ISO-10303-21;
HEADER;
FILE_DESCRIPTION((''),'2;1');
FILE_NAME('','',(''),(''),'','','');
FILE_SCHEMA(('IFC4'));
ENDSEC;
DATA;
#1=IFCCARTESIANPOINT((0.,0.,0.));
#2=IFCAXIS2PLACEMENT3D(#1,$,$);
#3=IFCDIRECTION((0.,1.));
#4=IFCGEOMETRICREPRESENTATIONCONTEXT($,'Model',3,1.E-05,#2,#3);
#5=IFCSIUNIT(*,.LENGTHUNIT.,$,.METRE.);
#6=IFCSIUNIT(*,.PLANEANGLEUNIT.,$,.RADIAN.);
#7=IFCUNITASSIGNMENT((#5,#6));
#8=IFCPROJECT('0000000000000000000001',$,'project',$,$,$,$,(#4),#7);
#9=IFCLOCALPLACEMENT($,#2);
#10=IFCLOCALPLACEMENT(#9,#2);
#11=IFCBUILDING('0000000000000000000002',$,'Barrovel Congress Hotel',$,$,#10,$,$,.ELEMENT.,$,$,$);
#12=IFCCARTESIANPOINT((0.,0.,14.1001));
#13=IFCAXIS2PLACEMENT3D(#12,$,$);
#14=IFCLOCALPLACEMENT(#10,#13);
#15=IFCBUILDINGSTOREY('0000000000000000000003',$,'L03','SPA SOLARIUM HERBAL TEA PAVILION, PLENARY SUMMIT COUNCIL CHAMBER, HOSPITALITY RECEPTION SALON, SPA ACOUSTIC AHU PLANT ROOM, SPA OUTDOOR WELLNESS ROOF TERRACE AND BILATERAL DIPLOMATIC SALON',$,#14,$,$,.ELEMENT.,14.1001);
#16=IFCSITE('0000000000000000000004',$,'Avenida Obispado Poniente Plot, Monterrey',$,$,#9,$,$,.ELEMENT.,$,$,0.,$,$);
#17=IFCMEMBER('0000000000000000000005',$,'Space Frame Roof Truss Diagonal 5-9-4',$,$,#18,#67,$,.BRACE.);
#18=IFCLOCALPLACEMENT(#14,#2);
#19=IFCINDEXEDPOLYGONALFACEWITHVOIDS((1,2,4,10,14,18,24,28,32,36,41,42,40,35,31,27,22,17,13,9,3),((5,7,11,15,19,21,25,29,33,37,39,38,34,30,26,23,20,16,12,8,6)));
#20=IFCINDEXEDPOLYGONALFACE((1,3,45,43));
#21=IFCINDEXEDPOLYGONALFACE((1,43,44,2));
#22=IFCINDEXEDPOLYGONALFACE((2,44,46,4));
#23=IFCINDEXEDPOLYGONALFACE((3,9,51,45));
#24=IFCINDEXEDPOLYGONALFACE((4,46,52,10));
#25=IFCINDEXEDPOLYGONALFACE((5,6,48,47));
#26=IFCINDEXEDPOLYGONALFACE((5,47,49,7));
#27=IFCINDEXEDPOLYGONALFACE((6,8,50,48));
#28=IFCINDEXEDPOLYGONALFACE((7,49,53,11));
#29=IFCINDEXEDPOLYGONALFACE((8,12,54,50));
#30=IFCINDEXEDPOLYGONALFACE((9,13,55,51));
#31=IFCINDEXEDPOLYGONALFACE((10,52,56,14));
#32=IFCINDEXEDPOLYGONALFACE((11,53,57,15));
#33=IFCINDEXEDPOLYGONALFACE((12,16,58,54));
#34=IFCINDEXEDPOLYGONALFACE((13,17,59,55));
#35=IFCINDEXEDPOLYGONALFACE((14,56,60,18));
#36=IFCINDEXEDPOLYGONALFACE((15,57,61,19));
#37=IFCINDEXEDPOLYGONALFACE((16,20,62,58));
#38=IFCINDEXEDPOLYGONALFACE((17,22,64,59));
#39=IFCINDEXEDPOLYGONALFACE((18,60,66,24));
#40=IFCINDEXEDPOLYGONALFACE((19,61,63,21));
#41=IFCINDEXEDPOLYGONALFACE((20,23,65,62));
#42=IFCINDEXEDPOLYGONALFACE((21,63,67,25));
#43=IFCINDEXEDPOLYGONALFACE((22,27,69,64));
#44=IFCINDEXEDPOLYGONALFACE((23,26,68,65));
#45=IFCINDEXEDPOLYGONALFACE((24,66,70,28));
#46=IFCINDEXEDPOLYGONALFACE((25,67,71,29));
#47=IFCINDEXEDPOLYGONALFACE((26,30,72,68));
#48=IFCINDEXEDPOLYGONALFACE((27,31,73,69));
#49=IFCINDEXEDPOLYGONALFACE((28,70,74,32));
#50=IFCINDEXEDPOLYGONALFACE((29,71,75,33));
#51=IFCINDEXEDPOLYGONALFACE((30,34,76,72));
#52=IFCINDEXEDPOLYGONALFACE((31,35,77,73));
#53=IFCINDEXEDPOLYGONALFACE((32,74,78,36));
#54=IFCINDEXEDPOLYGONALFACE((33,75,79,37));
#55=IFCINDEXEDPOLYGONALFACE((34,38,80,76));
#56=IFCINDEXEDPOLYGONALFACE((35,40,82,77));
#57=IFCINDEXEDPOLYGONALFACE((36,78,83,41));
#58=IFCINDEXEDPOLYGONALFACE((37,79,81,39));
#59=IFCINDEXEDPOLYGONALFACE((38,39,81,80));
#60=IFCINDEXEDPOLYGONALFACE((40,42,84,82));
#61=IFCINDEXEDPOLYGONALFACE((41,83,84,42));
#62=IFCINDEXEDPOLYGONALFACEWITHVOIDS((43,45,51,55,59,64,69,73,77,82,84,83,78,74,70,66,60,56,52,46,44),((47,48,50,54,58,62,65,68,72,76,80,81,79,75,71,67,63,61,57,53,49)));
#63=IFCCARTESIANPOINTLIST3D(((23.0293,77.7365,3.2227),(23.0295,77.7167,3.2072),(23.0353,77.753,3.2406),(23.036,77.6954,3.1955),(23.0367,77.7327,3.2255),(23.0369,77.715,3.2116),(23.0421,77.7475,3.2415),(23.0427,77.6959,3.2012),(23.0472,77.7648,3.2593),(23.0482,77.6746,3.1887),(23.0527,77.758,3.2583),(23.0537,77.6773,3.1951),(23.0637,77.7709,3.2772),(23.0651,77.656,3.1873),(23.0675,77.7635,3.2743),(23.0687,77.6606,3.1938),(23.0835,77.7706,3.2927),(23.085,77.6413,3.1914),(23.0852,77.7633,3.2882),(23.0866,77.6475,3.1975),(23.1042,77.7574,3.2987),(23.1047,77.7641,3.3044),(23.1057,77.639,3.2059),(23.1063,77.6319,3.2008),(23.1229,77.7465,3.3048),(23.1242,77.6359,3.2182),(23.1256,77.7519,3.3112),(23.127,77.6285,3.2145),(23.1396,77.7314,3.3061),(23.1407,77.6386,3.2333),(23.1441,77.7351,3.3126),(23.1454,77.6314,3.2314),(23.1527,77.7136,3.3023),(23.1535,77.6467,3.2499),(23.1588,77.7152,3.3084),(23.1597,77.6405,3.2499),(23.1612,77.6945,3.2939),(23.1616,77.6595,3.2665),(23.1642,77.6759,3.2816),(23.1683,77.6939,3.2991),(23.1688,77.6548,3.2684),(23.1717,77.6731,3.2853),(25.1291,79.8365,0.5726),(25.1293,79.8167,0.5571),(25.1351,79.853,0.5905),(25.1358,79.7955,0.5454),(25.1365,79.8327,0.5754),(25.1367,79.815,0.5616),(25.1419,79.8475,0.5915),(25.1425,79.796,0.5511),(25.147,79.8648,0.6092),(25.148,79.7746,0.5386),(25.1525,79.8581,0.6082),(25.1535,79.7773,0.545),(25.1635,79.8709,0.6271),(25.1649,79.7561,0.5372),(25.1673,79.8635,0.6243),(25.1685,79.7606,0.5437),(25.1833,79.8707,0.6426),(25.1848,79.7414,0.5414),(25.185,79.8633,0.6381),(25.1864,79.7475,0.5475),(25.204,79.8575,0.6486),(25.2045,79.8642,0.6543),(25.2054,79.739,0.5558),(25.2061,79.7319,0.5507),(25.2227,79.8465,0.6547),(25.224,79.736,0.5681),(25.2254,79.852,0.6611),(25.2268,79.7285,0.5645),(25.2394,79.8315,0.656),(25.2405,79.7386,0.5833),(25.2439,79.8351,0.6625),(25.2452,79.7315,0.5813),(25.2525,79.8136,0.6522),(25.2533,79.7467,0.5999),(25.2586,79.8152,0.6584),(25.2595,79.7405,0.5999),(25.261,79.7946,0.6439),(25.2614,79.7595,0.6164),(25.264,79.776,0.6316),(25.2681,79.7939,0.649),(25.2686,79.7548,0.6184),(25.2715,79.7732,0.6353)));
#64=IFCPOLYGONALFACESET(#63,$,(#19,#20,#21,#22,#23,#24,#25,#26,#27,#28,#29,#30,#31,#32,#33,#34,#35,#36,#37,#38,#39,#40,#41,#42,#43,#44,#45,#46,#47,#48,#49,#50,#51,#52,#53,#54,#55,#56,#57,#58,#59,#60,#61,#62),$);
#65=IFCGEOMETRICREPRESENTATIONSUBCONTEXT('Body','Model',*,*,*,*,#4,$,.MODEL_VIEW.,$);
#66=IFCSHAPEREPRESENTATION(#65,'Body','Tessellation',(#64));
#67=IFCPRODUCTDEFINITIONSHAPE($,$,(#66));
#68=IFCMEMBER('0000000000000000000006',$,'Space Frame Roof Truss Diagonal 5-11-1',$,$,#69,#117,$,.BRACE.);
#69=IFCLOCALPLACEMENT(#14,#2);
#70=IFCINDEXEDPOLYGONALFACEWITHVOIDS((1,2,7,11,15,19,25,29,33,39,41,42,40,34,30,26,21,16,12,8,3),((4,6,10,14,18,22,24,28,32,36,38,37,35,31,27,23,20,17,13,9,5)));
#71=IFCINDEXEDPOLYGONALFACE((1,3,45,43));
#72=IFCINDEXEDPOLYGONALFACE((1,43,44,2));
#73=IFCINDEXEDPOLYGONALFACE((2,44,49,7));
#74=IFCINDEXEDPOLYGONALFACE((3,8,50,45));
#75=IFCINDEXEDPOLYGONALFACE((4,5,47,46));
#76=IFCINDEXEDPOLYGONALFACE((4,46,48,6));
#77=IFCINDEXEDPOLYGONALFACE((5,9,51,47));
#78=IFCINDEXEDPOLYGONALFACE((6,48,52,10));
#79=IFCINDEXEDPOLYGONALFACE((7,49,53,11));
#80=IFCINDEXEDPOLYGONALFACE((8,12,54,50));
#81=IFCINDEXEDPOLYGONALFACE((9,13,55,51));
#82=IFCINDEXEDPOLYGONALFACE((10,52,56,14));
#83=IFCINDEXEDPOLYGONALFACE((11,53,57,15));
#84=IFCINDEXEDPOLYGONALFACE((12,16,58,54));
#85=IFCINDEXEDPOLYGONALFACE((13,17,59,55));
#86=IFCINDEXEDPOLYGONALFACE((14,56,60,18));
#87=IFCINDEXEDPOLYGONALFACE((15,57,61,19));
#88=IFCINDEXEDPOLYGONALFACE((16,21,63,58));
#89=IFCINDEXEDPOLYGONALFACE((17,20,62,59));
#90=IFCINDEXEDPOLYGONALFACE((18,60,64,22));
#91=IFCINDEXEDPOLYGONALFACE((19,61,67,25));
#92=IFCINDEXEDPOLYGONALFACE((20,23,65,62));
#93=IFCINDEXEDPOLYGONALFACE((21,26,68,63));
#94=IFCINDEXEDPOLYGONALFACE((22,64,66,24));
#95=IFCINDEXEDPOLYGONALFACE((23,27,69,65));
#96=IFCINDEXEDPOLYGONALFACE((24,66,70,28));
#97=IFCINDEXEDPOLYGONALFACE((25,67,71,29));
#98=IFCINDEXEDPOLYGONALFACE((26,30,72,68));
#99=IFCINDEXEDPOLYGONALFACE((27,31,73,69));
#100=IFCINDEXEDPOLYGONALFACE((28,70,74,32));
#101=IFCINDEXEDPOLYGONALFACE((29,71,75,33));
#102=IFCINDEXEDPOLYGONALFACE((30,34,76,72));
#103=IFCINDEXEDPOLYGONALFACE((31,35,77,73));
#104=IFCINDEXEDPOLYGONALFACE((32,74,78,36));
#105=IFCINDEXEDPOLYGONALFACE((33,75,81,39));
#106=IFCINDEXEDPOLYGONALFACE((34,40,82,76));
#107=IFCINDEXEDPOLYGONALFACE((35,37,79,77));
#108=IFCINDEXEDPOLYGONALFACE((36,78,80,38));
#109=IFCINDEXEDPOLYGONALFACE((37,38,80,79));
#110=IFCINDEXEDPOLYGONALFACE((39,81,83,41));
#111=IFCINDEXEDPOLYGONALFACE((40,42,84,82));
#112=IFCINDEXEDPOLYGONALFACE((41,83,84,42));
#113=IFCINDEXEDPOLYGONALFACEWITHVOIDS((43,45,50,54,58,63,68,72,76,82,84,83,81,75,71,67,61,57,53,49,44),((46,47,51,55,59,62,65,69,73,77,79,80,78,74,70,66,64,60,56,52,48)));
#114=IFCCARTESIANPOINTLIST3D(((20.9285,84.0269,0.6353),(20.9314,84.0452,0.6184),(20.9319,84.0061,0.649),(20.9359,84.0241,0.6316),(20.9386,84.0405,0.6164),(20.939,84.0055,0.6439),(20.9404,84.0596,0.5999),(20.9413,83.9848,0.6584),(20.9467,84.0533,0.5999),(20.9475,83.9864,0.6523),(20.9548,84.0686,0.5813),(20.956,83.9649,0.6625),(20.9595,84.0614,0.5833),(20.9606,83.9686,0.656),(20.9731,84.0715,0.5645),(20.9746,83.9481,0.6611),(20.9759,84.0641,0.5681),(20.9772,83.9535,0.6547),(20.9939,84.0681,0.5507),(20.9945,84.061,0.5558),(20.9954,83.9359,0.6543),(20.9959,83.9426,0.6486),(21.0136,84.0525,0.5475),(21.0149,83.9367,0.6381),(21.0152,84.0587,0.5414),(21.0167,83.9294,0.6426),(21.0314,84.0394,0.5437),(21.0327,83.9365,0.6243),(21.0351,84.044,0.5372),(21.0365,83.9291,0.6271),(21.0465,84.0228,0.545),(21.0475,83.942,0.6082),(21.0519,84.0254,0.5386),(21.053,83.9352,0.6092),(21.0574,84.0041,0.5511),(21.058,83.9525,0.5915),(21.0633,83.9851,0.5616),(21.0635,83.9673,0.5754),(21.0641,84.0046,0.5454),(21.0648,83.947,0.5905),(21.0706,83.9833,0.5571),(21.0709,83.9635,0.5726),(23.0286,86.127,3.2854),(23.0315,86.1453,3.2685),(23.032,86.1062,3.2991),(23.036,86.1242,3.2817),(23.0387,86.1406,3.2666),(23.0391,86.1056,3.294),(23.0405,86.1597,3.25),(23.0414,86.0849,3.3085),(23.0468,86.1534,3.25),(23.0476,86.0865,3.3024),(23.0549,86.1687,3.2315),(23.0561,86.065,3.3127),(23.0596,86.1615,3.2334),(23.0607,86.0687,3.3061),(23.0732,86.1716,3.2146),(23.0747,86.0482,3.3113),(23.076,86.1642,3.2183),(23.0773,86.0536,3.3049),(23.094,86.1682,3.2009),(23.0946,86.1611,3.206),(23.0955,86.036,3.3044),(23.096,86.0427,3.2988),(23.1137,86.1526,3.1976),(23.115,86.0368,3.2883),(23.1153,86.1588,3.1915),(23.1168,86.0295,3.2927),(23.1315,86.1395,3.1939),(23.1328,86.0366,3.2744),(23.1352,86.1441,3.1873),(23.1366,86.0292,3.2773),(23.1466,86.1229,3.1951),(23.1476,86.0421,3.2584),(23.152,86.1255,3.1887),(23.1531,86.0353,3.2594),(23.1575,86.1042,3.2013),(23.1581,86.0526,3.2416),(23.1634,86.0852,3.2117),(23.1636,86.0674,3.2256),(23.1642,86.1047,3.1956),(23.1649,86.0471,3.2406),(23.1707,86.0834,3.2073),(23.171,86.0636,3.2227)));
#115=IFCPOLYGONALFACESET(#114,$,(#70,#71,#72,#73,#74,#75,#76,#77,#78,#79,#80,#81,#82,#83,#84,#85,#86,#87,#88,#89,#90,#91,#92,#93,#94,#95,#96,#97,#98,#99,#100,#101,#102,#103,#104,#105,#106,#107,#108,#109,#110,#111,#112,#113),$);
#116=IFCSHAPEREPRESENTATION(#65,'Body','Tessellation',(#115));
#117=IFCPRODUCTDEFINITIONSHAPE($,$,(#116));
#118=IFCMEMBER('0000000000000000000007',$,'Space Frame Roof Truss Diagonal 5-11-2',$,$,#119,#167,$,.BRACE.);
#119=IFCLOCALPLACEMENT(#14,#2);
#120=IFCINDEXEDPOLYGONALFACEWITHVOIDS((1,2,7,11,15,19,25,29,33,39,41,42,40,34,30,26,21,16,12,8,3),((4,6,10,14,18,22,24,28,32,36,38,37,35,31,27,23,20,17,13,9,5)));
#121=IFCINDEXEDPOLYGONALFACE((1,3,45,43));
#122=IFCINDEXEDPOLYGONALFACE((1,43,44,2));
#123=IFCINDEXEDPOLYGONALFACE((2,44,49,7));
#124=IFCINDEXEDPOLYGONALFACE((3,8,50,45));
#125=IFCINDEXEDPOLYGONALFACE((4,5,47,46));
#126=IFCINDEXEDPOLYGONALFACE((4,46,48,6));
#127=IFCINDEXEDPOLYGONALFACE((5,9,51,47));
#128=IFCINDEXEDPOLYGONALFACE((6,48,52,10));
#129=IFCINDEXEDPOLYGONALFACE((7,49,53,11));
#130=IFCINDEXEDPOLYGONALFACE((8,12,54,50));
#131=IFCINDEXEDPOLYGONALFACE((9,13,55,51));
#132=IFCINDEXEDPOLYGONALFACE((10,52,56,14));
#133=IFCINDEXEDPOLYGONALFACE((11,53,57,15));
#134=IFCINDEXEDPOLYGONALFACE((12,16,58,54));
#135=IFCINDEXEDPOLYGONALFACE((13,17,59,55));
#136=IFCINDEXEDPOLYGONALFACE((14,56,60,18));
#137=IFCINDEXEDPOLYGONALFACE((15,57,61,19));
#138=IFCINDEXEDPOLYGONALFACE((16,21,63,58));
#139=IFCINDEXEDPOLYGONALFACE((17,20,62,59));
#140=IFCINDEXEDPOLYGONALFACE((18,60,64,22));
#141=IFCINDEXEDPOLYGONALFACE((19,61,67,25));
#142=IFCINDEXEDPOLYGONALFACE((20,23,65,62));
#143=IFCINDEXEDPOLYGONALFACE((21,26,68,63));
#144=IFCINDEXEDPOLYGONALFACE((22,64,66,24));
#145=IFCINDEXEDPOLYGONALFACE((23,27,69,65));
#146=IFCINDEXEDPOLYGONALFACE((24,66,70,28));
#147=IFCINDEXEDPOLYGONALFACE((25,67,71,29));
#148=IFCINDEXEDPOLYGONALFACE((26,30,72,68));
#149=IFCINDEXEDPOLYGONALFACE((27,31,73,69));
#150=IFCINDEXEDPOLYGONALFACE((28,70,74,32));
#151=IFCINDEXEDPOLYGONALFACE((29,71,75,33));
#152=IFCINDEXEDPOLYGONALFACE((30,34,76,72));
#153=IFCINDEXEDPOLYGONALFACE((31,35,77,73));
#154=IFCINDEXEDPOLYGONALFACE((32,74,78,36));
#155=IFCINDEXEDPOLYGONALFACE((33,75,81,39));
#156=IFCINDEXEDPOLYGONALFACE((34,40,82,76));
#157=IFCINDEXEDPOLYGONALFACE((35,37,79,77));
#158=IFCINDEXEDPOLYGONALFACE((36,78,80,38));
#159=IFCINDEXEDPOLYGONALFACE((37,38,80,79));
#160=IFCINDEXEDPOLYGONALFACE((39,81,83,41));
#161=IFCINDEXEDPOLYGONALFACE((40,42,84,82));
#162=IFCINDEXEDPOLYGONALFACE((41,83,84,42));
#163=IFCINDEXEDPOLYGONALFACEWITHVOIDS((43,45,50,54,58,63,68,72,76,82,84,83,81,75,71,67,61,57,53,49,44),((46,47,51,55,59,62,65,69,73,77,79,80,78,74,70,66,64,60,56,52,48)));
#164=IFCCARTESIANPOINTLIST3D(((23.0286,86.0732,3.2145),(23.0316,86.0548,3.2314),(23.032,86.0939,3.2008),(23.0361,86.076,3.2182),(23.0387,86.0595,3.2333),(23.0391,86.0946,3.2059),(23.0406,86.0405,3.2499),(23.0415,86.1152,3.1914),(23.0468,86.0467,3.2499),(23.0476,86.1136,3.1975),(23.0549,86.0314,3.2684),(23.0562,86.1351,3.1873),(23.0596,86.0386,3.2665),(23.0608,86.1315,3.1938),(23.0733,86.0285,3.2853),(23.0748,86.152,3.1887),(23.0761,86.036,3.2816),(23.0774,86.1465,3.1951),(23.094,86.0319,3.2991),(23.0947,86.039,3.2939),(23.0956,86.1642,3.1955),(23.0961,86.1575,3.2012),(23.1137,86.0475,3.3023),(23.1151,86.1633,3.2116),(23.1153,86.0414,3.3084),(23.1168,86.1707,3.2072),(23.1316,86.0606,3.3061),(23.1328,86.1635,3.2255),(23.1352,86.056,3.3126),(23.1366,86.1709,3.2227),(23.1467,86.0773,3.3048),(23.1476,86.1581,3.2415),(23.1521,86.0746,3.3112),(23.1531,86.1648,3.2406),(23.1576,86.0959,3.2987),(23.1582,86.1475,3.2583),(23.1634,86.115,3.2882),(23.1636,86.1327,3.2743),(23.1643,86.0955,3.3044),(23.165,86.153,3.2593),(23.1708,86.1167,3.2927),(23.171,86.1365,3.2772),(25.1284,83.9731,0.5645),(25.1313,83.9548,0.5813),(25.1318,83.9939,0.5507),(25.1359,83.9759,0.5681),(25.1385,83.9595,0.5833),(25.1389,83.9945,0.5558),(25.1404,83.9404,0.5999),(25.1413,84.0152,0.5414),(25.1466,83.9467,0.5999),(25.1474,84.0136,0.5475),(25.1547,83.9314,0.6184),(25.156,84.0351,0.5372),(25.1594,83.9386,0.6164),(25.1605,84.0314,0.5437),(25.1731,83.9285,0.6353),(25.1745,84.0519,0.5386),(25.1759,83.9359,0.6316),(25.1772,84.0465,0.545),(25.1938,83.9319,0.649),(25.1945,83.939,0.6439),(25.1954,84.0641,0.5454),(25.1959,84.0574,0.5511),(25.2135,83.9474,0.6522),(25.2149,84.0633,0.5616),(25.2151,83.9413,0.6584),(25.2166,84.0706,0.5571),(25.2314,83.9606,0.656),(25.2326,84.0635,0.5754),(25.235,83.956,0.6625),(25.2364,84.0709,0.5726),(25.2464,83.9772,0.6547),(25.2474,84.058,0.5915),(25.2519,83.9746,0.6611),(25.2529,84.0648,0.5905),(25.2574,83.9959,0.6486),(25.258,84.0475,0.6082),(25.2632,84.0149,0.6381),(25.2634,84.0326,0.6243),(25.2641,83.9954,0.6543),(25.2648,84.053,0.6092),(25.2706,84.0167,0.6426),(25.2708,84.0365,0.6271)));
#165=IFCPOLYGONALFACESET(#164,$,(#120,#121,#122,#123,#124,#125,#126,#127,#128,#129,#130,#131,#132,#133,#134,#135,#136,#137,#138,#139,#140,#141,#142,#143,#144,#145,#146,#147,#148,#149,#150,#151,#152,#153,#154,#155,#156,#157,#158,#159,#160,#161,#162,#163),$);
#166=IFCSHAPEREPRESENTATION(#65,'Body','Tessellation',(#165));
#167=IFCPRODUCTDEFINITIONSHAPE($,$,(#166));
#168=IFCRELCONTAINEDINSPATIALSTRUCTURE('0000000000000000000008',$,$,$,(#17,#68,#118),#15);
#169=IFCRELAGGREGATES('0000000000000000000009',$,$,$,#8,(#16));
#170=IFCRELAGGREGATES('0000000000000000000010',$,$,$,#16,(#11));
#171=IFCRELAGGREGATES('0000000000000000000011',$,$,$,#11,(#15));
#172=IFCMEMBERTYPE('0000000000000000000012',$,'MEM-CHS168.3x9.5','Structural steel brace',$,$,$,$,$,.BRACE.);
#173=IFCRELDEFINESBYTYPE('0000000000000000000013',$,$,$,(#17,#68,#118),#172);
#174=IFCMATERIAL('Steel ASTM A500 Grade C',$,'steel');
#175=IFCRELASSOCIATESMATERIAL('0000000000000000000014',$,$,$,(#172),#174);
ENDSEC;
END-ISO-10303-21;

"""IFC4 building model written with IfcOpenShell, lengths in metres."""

from ifc_helpers import new_model, si_unit, direction, frame, origin, origin_2d, place, context, subcontext, project, spatial, hollow_circle, extrude, material, material_profile, profile_set, type_object, element, save


model = new_model("IFC4")

# Units and contexts
model_context = context("Model", 3, precision=1e-05, world=origin(), true_north=direction((0.0, 1.0)))
body_context = subcontext(model_context, "Body", "Model", "MODEL_VIEW")
ifc_project = project(units=[si_unit("LENGTHUNIT", "METRE"), si_unit("PLANEANGLEUNIT", "RADIAN")], contexts=[model_context])

# Site, building, storey
site_placement = place(None, origin())
site = spatial("IfcSite", under=ifc_project, at=site_placement, Name="Avenida Obispado Poniente Plot, Monterrey", CompositionType="ELEMENT", RefElevation=0.0)
building_placement = place(site_placement, origin())
building = spatial("IfcBuilding", under=site, at=building_placement, Name="Barrovel Congress Hotel", CompositionType="ELEMENT")
storey_placement = place(building_placement, frame((0.0, 0.0, 14.1001)))
storey = spatial("IfcBuildingStorey", under=building, at=storey_placement, Name="L03", Description="SPA SOLARIUM HERBAL TEA PAVILION, PLENARY SUMMIT COUNCIL CHAMBER, HOSPITALITY RECEPTION SALON, SPA ACOUSTIC AHU PLANT ROOM, SPA OUTDOOR WELLNESS ROOF TERRACE AND BILATERAL DIPLOMATIC SALON", CompositionType="ELEMENT", Elevation=14.1001)

# Members
ifc_material_1 = material(Name="Steel ASTM A500 Grade C", Category="steel")
ifc_material_profile_1 = material_profile(ifc_material_1, hollow_circle(Radius=0.0842, WallThickness=0.0088, at=origin_2d()), Name="CHS168.3x9.5")
ifc_profile_set_1 = profile_set([ifc_material_profile_1], Name="Steel ASTM A500 Grade C")
member_type_1 = type_object("IfcMemberType", Name="MEM-CHS168.3x9.5", Description="Structural steel brace", PredefinedType="BRACE", material=ifc_profile_set_1)
member_1_placement = place(storey_placement, frame((25.2, 79.8, 0.5999), z_axis=(-0.527557, -0.527618, 0.66581), x_axis=(0.707148, -0.707066, 0.0)))
element("IfcMember", 1, at=member_1_placement, inside=storey, type_object=member_type_1, Name="Space Frame Roof Truss Diagonal 5-9-4", PredefinedType="BRACE", context=body_context, shape_type="SweptSolid", body=[
    extrude(hollow_circle(Radius=0.0842, WallThickness=0.0088, at=origin_2d()), origin(), (0.0, 0.0, 1.0), 3.9802),
])
member_2_placement = place(storey_placement, frame((21.0, 84.0, 0.5999), z_axis=(0.527601, 0.527601, 0.665788), x_axis=(-0.707107, 0.707107, 0.0)))
element("IfcMember", 2, at=member_2_placement, inside=storey, type_object=member_type_1, Name="Space Frame Roof Truss Diagonal 5-11-1", PredefinedType="BRACE", context=body_context, shape_type="SweptSolid", body=[
    extrude(hollow_circle(Radius=0.0842, WallThickness=0.0088, at=origin_2d()), origin(), (0.0, 0.0, 1.0), 3.9805),
])
for number, where, z_axis, x_axis, name in (
    (3, (25.2, 84.0, 0.5999), (-0.527557, 0.527618, 0.66581), (-0.707148, -0.707066, 0.0), "Space Frame Roof Truss Diagonal 5-11-2"),
):
    element("IfcMember", number, at=place(storey_placement, frame(where, z_axis=z_axis, x_axis=x_axis)), inside=storey, type_object=member_type_1, Name=name, PredefinedType="BRACE", context=body_context, shape_type="SweptSolid", body=[
        extrude(hollow_circle(Radius=0.0842, WallThickness=0.0088, at=origin_2d()), origin(), (0.0, 0.0, 1.0), 3.9802),
    ])

save(model, "model.ifc")
